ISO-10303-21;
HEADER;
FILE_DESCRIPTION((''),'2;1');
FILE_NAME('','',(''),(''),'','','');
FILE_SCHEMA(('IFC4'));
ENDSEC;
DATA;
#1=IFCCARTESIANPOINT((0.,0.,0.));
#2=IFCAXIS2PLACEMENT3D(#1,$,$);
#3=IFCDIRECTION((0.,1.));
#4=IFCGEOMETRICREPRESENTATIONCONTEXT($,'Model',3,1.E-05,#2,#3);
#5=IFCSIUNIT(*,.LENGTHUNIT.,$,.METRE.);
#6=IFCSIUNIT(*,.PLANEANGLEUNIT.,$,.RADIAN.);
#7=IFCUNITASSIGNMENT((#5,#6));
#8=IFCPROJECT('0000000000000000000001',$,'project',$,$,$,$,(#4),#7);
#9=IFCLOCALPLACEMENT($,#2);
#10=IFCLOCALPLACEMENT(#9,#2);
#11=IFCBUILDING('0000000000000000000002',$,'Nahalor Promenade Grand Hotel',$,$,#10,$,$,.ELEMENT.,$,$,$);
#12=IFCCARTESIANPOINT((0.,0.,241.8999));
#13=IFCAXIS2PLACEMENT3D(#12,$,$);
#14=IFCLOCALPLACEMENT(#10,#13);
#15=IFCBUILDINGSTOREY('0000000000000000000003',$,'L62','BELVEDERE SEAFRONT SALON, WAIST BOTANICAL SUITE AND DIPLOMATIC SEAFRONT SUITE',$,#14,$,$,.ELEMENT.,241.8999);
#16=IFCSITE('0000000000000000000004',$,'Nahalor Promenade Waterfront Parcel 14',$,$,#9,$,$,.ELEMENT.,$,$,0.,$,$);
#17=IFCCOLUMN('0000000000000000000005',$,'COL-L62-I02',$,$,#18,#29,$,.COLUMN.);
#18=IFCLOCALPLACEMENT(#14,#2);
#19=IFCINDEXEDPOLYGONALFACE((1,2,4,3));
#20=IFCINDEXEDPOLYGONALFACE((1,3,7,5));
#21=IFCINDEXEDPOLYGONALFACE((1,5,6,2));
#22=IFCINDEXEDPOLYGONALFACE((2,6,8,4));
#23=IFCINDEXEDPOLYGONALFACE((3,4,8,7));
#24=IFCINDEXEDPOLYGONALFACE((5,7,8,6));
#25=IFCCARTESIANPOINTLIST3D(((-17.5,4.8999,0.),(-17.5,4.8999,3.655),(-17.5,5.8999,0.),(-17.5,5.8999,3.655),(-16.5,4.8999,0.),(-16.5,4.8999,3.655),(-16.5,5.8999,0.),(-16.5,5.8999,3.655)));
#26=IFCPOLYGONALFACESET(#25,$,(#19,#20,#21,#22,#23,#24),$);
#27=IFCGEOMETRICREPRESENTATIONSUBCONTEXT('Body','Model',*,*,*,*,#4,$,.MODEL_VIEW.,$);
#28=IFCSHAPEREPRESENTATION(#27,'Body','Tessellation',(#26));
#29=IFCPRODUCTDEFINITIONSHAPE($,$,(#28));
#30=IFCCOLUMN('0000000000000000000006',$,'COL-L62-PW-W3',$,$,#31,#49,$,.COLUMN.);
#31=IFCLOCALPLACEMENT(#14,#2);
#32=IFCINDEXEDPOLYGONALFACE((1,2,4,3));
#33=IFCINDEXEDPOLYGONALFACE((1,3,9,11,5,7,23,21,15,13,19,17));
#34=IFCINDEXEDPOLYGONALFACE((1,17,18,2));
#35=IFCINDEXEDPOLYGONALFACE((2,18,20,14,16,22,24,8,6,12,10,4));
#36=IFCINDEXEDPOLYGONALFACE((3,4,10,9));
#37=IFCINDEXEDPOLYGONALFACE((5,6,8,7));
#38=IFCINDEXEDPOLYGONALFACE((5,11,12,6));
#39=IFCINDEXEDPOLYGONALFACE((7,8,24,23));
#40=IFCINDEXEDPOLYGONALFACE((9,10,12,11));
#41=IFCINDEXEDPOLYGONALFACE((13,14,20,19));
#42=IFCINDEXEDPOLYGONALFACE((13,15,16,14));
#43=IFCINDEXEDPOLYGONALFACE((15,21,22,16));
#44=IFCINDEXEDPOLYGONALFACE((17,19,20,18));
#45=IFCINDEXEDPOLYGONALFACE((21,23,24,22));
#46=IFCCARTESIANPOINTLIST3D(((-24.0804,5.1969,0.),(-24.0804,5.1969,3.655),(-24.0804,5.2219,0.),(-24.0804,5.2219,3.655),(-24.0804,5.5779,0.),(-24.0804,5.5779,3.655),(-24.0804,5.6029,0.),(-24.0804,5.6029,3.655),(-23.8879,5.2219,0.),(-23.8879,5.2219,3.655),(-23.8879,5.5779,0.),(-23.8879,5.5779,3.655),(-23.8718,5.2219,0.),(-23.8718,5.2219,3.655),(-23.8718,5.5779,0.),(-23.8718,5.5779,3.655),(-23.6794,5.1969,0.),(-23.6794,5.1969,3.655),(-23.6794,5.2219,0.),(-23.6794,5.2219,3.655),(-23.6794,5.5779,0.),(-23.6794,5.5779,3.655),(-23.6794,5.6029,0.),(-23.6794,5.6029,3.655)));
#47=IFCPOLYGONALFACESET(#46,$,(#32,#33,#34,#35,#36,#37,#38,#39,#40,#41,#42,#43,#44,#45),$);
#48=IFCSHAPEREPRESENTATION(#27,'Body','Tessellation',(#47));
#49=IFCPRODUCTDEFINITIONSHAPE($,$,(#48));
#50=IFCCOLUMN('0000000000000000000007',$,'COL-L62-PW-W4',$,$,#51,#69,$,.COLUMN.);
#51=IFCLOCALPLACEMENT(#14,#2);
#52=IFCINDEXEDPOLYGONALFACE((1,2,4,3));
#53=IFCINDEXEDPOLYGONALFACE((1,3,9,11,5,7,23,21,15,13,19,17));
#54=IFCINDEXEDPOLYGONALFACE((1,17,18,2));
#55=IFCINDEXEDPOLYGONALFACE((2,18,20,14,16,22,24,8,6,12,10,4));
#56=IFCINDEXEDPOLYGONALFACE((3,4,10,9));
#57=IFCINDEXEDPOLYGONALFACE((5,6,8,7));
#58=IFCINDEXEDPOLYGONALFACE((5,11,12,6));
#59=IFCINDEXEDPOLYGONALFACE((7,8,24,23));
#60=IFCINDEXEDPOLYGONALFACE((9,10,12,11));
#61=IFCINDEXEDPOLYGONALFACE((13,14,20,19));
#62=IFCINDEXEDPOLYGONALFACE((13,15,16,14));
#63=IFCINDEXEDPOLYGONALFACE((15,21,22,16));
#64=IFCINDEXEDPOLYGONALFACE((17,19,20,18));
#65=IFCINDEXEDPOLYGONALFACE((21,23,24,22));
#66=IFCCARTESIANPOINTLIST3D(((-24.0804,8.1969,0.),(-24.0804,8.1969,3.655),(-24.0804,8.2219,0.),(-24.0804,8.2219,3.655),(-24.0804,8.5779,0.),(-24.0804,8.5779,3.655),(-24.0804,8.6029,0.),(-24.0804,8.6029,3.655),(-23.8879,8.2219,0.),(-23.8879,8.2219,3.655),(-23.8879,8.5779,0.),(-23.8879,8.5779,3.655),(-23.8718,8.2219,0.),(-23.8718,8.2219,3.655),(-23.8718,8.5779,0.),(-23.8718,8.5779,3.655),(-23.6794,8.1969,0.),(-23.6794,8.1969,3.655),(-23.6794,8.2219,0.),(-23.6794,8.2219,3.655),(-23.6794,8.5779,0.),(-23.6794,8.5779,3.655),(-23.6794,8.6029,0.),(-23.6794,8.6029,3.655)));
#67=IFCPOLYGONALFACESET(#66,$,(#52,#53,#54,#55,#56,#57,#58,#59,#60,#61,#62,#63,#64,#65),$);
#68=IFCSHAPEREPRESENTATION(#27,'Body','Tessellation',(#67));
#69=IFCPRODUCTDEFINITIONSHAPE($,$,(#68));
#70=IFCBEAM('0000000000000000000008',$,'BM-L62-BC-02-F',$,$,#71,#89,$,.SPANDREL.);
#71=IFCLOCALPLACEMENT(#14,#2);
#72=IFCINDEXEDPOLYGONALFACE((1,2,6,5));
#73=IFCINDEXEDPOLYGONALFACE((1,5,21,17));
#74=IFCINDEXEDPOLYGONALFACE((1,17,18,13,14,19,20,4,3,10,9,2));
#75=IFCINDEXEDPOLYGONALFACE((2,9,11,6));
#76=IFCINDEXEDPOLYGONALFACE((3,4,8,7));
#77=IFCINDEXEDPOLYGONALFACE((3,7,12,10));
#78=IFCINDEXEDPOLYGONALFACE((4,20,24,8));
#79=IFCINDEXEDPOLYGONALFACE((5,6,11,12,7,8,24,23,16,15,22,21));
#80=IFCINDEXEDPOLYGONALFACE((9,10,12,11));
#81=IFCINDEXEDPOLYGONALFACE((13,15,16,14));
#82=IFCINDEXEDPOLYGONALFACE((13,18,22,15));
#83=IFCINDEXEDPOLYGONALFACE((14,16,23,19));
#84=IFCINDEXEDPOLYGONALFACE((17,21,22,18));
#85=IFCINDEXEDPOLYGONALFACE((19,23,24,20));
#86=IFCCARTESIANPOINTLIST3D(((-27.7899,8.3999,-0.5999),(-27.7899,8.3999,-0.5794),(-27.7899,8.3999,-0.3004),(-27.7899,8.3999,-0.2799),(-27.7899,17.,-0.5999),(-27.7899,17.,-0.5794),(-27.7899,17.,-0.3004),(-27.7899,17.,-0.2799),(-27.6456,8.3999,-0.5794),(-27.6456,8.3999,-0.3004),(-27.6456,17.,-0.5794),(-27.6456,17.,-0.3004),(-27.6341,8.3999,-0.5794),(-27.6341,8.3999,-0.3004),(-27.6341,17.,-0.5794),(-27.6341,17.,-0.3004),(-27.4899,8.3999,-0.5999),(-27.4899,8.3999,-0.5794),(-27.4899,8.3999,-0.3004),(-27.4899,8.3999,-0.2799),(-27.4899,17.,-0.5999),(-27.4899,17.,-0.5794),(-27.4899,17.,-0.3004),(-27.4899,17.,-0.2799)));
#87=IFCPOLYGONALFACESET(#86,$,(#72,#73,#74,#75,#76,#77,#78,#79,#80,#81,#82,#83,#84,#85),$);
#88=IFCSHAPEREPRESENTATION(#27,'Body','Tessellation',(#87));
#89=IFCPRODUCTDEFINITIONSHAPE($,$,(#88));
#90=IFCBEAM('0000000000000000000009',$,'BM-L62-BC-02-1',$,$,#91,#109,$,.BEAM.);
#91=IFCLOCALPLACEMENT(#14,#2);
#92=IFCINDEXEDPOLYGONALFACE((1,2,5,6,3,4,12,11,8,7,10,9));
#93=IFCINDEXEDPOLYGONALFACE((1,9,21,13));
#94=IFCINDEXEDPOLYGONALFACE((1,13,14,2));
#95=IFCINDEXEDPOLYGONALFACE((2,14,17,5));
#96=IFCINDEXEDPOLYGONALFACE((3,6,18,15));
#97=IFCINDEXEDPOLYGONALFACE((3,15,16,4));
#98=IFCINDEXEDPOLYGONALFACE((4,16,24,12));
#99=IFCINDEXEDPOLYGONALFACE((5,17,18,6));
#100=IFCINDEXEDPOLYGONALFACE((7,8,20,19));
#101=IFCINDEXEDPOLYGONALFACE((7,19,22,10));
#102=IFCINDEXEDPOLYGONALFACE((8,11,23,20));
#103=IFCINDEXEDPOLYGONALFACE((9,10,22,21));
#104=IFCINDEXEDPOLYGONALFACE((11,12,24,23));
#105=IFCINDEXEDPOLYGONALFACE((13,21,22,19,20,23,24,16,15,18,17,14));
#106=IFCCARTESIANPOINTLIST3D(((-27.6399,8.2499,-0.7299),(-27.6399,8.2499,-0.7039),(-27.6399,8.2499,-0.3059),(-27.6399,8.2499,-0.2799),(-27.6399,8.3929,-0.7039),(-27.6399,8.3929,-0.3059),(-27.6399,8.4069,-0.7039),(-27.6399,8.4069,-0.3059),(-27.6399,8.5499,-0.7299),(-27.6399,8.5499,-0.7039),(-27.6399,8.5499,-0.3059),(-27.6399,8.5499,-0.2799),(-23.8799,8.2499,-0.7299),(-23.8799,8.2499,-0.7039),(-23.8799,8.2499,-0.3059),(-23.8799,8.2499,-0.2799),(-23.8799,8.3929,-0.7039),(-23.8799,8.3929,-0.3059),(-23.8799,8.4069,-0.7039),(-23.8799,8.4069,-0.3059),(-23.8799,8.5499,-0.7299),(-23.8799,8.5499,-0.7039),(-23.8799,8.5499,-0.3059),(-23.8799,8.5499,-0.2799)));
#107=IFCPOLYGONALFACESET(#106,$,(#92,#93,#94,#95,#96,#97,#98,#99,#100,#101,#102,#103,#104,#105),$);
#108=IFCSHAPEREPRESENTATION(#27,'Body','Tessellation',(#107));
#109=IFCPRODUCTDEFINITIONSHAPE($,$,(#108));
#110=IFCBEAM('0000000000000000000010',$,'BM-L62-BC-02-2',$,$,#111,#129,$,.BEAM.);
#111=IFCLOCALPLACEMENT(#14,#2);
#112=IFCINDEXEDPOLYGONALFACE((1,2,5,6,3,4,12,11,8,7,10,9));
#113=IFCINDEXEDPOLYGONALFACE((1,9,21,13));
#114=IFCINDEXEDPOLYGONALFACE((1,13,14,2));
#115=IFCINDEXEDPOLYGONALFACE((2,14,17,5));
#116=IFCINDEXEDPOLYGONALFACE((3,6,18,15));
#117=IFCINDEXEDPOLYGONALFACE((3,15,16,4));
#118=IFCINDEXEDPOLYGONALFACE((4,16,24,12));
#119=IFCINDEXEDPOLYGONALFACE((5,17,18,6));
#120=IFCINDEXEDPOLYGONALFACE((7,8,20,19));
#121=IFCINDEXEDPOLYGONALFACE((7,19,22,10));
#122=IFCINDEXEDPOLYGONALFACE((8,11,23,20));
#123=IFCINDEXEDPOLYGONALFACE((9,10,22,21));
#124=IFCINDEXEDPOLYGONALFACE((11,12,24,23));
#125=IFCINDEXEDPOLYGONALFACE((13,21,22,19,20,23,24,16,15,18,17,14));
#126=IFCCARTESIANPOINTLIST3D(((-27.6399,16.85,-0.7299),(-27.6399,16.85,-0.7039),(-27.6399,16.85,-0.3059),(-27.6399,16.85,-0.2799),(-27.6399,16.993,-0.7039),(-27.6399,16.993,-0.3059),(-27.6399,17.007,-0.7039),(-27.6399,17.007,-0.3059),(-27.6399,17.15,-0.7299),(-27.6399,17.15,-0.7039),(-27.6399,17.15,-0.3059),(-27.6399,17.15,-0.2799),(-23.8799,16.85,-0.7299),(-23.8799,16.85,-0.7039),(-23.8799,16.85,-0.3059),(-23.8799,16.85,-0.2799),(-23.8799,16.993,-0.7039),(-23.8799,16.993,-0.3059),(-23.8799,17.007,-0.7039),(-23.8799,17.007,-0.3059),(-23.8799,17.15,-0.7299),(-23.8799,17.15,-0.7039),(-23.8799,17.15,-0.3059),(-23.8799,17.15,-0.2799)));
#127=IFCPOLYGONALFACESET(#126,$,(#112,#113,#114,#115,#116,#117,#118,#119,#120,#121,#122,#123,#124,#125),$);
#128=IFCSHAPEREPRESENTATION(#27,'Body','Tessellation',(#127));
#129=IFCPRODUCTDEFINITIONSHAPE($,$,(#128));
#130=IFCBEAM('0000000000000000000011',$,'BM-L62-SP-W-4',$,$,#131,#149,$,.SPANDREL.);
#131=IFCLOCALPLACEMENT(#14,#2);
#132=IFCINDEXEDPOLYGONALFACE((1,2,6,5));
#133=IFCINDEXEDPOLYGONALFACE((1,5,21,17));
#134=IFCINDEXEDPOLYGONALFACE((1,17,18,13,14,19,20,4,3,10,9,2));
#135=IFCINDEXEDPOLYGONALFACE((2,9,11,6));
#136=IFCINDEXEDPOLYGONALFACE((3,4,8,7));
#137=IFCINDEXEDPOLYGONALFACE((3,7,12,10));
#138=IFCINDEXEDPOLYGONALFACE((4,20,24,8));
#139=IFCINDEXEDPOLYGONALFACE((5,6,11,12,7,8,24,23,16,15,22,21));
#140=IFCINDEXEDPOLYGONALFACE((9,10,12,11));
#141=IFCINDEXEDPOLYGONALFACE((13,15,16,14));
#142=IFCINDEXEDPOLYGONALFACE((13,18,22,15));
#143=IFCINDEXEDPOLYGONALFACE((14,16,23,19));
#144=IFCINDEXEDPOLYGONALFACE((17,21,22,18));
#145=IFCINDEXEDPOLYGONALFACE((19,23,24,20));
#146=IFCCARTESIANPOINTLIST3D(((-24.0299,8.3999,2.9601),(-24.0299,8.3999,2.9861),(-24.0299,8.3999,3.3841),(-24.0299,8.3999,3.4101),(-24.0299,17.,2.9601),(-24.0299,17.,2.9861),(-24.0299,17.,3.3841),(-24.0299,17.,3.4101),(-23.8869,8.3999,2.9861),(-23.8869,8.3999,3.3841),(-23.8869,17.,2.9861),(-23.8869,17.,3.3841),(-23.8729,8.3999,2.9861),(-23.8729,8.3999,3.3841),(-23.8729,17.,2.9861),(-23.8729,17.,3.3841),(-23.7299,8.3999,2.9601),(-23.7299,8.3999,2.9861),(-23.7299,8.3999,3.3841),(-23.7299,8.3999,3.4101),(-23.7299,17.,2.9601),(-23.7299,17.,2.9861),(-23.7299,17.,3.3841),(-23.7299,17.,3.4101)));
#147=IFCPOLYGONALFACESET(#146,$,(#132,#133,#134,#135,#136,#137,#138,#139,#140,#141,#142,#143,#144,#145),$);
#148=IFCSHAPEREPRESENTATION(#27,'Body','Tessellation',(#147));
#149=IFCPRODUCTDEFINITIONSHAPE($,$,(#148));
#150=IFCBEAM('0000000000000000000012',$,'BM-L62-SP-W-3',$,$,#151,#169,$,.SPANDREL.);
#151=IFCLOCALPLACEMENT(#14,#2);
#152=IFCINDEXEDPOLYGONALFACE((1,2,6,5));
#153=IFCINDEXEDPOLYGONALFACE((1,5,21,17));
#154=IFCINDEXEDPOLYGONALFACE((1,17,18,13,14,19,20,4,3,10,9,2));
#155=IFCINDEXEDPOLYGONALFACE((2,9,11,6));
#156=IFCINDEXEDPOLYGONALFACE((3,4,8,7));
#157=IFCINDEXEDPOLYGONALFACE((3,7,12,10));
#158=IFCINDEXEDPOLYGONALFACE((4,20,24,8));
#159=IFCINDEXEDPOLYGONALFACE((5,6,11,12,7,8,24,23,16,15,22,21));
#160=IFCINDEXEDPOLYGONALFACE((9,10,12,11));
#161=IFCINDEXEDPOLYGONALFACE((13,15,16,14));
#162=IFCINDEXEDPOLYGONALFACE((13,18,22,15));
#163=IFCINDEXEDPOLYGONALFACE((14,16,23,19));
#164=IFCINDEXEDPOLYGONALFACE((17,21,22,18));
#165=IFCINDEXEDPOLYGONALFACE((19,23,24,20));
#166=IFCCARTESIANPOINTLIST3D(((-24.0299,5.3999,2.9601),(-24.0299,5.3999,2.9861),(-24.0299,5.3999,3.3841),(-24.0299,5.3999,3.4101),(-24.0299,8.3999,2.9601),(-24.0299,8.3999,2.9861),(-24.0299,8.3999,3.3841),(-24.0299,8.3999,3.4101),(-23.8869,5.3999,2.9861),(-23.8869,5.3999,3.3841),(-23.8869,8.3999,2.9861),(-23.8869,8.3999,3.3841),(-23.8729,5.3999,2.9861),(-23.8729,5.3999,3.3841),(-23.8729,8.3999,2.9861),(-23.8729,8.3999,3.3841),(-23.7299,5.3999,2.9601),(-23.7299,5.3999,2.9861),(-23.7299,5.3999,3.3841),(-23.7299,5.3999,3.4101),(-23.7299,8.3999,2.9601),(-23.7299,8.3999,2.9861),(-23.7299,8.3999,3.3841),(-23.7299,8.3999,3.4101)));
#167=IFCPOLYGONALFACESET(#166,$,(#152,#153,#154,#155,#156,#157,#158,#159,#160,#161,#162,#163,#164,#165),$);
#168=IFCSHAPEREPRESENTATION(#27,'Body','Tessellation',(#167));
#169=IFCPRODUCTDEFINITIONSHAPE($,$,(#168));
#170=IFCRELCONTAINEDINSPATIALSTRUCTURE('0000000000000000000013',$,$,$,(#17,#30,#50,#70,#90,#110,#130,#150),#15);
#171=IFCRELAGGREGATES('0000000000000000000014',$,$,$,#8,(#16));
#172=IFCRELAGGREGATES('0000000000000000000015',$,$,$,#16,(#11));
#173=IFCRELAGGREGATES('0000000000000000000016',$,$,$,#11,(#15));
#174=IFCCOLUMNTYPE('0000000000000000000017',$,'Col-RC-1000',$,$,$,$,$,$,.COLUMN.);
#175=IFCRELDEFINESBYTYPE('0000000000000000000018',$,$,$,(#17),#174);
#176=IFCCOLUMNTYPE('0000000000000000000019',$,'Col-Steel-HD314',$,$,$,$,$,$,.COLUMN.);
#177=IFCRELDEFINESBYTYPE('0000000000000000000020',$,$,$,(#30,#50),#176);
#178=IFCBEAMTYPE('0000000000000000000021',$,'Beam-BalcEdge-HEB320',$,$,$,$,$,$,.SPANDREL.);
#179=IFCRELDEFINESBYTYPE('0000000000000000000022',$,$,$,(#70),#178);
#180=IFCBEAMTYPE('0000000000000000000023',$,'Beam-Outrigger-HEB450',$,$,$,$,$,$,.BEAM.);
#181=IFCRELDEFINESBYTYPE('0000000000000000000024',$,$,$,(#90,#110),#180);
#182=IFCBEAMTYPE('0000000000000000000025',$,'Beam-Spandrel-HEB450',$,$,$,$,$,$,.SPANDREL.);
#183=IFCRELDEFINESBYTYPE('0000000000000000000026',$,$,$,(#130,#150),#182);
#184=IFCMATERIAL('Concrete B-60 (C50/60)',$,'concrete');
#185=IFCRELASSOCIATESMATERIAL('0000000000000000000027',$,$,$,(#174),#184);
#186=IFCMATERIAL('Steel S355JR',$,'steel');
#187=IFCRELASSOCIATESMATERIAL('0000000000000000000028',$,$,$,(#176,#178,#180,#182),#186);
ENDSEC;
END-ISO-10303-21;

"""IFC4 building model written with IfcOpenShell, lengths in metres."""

from ifc_helpers import new_model, si_unit, direction, frame, origin, origin_2d, place, context, subcontext, project, spatial, rectangle, i_section, extrude, source, transform, mapped, material, material_profile, profile_set, type_object, element, save


model = new_model("IFC4")

# Units and contexts
model_context = context("Model", 3, precision=1e-05, world=origin(), true_north=direction((0.0, 1.0)))
body_context = subcontext(model_context, "Body", "Model", "MODEL_VIEW")
ifc_project = project(units=[si_unit("LENGTHUNIT", "METRE"), si_unit("PLANEANGLEUNIT", "RADIAN")], contexts=[model_context])

# Site, building, storey
site_placement = place(None, origin())
site = spatial("IfcSite", under=ifc_project, at=site_placement, Name="Nahalor Promenade Waterfront Parcel 14", CompositionType="ELEMENT", RefElevation=0.0)
building_placement = place(site_placement, origin())
building = spatial("IfcBuilding", under=site, at=building_placement, Name="Nahalor Promenade Grand Hotel", CompositionType="ELEMENT")
storey_placement = place(building_placement, frame((0.0, 0.0, 241.8999)))
storey = spatial("IfcBuildingStorey", under=building, at=storey_placement, Name="L62", Description="BELVEDERE SEAFRONT SALON, WAIST BOTANICAL SUITE AND DIPLOMATIC SEAFRONT SUITE", CompositionType="ELEMENT", Elevation=241.8999)

# Columns
ifc_material_1 = material(Name="Concrete B-60 (C50/60)", Category="concrete")
ifc_material_profile_1 = material_profile(ifc_material_1, rectangle(XDim=1.0, YDim=1.0, at=origin_2d()), Name="RC 1000x1000")
ifc_profile_set_1 = profile_set([ifc_material_profile_1], Name="Concrete B-60 (C50/60)")
column_type_1 = type_object("IfcColumnType", Name="Col-RC-1000", PredefinedType="COLUMN", material=ifc_profile_set_1)
shared_shape_1 = source(origin(), body_context, "Body", "SweptSolid", [
    extrude(rectangle(XDim=1.0, YDim=1.0, at=origin_2d()), origin(), (0.0, 0.0, 1.0), 3.655),
])
column_placement = place(storey_placement, frame((-17.0, 5.3999, 0.0), z_axis=(0.0, 0.0, 1.0), x_axis=(1.0, 0.0, 0.0)))
element("IfcColumn", 1, at=column_placement, inside=storey, type_object=column_type_1, Name="COL-L62-I02", PredefinedType="COLUMN", context=body_context, shape_type="MappedRepresentation", body=[
    mapped(shared_shape_1, transform((0.0, 0.0, 0.0), scale=1.0)),
])
ifc_material_2 = material(Name="Steel S355JR", Category="steel")
ifc_material_profile_2 = material_profile(ifc_material_2, i_section(OverallWidth=0.401, OverallDepth=0.406, WebThickness=0.0161, FlangeThickness=0.025, at=origin_2d()), Name="HD 400x314")
ifc_profile_set_2 = profile_set([ifc_material_profile_2], Name="Steel S355JR")
column_type_2 = type_object("IfcColumnType", Name="Col-Steel-HD314", PredefinedType="COLUMN", material=ifc_profile_set_2)
shared_shape_2 = source(origin(), body_context, "Body", "SweptSolid", [
    extrude(i_section(OverallWidth=0.401, OverallDepth=0.406, WebThickness=0.0161, FlangeThickness=0.025, at=origin_2d()), origin(), (0.0, 0.0, 1.0), 3.655),
])
for number, where, z_axis, x_axis, name in (
    (2, (-23.8799, 5.3999, 0.0), (0.0, 0.0, 1.0), (1.0, 0.0, 0.0), "COL-L62-PW-W3"),
    (3, (-23.8799, 8.3999, 0.0), (0.0, 0.0, 1.0), (1.0, 0.0, 0.0), "COL-L62-PW-W4"),
):
    element("IfcColumn", number, at=place(storey_placement, frame(where, z_axis=z_axis, x_axis=x_axis)), inside=storey, type_object=column_type_2, Name=name, PredefinedType="COLUMN", context=body_context, shape_type="MappedRepresentation", body=[
        mapped(shared_shape_2, transform((0.0, 0.0, 0.0), scale=1.0)),
    ])

# Beams
ifc_material_profile_3 = material_profile(ifc_material_2, i_section(OverallWidth=0.3, OverallDepth=0.32, WebThickness=0.0115, FlangeThickness=0.0205, at=origin_2d()), Name="HEB 320")
ifc_profile_set_3 = profile_set([ifc_material_profile_3], Name="Steel S355JR")
beam_type_1 = type_object("IfcBeamType", Name="Beam-BalcEdge-HEB320", PredefinedType="SPANDREL", material=ifc_profile_set_3)
shared_shape_3 = source(origin(), body_context, "Body", "SweptSolid", [
    extrude(i_section(OverallWidth=0.3, OverallDepth=0.32, WebThickness=0.0115, FlangeThickness=0.0205, at=origin_2d()), origin(), (0.0, 0.0, 1.0), 8.6001),
])
beam_1_placement = place(storey_placement, frame((-27.6399, 8.3999, -0.4399), z_axis=(0.0, 1.0, 0.0), x_axis=(-1.0, 0.0, 0.0)))
element("IfcBeam", 4, at=beam_1_placement, inside=storey, type_object=beam_type_1, Name="BM-L62-BC-02-F", PredefinedType="SPANDREL", context=body_context, shape_type="MappedRepresentation", body=[
    mapped(shared_shape_3, transform((0.0, 0.0, 0.0), scale=1.0)),
])
ifc_material_profile_4 = material_profile(ifc_material_2, i_section(OverallWidth=0.3, OverallDepth=0.45, WebThickness=0.014, FlangeThickness=0.026, at=origin_2d()), Name="HEB 450")
ifc_profile_set_4 = profile_set([ifc_material_profile_4], Name="Steel S355JR")
beam_type_2 = type_object("IfcBeamType", Name="Beam-Outrigger-HEB450", PredefinedType="BEAM", material=ifc_profile_set_4)
shared_shape_4 = source(origin(), body_context, "Body", "SweptSolid", [
    extrude(i_section(OverallWidth=0.3, OverallDepth=0.45, WebThickness=0.014, FlangeThickness=0.026, at=origin_2d()), origin(), (0.0, 0.0, 1.0), 3.76),
])
for number, where, z_axis, x_axis, name in (
    (5, (-27.6399, 8.3999, -0.5049), (1.0, 0.0, 0.0), (0.0, 1.0, 0.0), "BM-L62-BC-02-1"),
    (6, (-27.6399, 17.0, -0.5049), (1.0, 0.0, 0.0), (0.0, 1.0, 0.0), "BM-L62-BC-02-2"),
):
    element("IfcBeam", number, at=place(storey_placement, frame(where, z_axis=z_axis, x_axis=x_axis)), inside=storey, type_object=beam_type_2, Name=name, PredefinedType="BEAM", context=body_context, shape_type="MappedRepresentation", body=[
        mapped(shared_shape_4, transform((0.0, 0.0, 0.0), scale=1.0)),
    ])
ifc_material_profile_5 = material_profile(ifc_material_2, i_section(OverallWidth=0.3, OverallDepth=0.45, WebThickness=0.014, FlangeThickness=0.026, at=origin_2d()), Name="HEB 450")
ifc_profile_set_5 = profile_set([ifc_material_profile_5], Name="Steel S355JR")
beam_type_3 = type_object("IfcBeamType", Name="Beam-Spandrel-HEB450", PredefinedType="SPANDREL", material=ifc_profile_set_5)
shared_shape_5 = source(origin(), body_context, "Body", "SweptSolid", [
    extrude(i_section(OverallWidth=0.3, OverallDepth=0.45, WebThickness=0.014, FlangeThickness=0.026, at=origin_2d()), origin(), (0.0, 0.0, 1.0), 8.6001),
])
beam_2_placement = place(storey_placement, frame((-23.8799, 8.3999, 3.1851), z_axis=(0.0, 1.0, 0.0), x_axis=(-1.0, 0.0, 0.0)))
element("IfcBeam", 7, at=beam_2_placement, inside=storey, type_object=beam_type_3, Name="BM-L62-SP-W-4", PredefinedType="SPANDREL", context=body_context, shape_type="MappedRepresentation", body=[
    mapped(shared_shape_5, transform((0.0, 0.0, 0.0), scale=1.0)),
])
shared_shape_6 = source(origin(), body_context, "Body", "SweptSolid", [
    extrude(i_section(OverallWidth=0.3, OverallDepth=0.45, WebThickness=0.014, FlangeThickness=0.026, at=origin_2d()), origin(), (0.0, 0.0, 1.0), 3.0),
])
beam_3_placement = place(storey_placement, frame((-23.8799, 5.3999, 3.1851), z_axis=(0.0, 1.0, 0.0), x_axis=(-1.0, 0.0, 0.0)))
element("IfcBeam", 8, at=beam_3_placement, inside=storey, type_object=beam_type_3, Name="BM-L62-SP-W-3", PredefinedType="SPANDREL", context=body_context, shape_type="MappedRepresentation", body=[
    mapped(shared_shape_6, transform((0.0, 0.0, 0.0), scale=1.0)),
])

save(model, "model.ifc")
